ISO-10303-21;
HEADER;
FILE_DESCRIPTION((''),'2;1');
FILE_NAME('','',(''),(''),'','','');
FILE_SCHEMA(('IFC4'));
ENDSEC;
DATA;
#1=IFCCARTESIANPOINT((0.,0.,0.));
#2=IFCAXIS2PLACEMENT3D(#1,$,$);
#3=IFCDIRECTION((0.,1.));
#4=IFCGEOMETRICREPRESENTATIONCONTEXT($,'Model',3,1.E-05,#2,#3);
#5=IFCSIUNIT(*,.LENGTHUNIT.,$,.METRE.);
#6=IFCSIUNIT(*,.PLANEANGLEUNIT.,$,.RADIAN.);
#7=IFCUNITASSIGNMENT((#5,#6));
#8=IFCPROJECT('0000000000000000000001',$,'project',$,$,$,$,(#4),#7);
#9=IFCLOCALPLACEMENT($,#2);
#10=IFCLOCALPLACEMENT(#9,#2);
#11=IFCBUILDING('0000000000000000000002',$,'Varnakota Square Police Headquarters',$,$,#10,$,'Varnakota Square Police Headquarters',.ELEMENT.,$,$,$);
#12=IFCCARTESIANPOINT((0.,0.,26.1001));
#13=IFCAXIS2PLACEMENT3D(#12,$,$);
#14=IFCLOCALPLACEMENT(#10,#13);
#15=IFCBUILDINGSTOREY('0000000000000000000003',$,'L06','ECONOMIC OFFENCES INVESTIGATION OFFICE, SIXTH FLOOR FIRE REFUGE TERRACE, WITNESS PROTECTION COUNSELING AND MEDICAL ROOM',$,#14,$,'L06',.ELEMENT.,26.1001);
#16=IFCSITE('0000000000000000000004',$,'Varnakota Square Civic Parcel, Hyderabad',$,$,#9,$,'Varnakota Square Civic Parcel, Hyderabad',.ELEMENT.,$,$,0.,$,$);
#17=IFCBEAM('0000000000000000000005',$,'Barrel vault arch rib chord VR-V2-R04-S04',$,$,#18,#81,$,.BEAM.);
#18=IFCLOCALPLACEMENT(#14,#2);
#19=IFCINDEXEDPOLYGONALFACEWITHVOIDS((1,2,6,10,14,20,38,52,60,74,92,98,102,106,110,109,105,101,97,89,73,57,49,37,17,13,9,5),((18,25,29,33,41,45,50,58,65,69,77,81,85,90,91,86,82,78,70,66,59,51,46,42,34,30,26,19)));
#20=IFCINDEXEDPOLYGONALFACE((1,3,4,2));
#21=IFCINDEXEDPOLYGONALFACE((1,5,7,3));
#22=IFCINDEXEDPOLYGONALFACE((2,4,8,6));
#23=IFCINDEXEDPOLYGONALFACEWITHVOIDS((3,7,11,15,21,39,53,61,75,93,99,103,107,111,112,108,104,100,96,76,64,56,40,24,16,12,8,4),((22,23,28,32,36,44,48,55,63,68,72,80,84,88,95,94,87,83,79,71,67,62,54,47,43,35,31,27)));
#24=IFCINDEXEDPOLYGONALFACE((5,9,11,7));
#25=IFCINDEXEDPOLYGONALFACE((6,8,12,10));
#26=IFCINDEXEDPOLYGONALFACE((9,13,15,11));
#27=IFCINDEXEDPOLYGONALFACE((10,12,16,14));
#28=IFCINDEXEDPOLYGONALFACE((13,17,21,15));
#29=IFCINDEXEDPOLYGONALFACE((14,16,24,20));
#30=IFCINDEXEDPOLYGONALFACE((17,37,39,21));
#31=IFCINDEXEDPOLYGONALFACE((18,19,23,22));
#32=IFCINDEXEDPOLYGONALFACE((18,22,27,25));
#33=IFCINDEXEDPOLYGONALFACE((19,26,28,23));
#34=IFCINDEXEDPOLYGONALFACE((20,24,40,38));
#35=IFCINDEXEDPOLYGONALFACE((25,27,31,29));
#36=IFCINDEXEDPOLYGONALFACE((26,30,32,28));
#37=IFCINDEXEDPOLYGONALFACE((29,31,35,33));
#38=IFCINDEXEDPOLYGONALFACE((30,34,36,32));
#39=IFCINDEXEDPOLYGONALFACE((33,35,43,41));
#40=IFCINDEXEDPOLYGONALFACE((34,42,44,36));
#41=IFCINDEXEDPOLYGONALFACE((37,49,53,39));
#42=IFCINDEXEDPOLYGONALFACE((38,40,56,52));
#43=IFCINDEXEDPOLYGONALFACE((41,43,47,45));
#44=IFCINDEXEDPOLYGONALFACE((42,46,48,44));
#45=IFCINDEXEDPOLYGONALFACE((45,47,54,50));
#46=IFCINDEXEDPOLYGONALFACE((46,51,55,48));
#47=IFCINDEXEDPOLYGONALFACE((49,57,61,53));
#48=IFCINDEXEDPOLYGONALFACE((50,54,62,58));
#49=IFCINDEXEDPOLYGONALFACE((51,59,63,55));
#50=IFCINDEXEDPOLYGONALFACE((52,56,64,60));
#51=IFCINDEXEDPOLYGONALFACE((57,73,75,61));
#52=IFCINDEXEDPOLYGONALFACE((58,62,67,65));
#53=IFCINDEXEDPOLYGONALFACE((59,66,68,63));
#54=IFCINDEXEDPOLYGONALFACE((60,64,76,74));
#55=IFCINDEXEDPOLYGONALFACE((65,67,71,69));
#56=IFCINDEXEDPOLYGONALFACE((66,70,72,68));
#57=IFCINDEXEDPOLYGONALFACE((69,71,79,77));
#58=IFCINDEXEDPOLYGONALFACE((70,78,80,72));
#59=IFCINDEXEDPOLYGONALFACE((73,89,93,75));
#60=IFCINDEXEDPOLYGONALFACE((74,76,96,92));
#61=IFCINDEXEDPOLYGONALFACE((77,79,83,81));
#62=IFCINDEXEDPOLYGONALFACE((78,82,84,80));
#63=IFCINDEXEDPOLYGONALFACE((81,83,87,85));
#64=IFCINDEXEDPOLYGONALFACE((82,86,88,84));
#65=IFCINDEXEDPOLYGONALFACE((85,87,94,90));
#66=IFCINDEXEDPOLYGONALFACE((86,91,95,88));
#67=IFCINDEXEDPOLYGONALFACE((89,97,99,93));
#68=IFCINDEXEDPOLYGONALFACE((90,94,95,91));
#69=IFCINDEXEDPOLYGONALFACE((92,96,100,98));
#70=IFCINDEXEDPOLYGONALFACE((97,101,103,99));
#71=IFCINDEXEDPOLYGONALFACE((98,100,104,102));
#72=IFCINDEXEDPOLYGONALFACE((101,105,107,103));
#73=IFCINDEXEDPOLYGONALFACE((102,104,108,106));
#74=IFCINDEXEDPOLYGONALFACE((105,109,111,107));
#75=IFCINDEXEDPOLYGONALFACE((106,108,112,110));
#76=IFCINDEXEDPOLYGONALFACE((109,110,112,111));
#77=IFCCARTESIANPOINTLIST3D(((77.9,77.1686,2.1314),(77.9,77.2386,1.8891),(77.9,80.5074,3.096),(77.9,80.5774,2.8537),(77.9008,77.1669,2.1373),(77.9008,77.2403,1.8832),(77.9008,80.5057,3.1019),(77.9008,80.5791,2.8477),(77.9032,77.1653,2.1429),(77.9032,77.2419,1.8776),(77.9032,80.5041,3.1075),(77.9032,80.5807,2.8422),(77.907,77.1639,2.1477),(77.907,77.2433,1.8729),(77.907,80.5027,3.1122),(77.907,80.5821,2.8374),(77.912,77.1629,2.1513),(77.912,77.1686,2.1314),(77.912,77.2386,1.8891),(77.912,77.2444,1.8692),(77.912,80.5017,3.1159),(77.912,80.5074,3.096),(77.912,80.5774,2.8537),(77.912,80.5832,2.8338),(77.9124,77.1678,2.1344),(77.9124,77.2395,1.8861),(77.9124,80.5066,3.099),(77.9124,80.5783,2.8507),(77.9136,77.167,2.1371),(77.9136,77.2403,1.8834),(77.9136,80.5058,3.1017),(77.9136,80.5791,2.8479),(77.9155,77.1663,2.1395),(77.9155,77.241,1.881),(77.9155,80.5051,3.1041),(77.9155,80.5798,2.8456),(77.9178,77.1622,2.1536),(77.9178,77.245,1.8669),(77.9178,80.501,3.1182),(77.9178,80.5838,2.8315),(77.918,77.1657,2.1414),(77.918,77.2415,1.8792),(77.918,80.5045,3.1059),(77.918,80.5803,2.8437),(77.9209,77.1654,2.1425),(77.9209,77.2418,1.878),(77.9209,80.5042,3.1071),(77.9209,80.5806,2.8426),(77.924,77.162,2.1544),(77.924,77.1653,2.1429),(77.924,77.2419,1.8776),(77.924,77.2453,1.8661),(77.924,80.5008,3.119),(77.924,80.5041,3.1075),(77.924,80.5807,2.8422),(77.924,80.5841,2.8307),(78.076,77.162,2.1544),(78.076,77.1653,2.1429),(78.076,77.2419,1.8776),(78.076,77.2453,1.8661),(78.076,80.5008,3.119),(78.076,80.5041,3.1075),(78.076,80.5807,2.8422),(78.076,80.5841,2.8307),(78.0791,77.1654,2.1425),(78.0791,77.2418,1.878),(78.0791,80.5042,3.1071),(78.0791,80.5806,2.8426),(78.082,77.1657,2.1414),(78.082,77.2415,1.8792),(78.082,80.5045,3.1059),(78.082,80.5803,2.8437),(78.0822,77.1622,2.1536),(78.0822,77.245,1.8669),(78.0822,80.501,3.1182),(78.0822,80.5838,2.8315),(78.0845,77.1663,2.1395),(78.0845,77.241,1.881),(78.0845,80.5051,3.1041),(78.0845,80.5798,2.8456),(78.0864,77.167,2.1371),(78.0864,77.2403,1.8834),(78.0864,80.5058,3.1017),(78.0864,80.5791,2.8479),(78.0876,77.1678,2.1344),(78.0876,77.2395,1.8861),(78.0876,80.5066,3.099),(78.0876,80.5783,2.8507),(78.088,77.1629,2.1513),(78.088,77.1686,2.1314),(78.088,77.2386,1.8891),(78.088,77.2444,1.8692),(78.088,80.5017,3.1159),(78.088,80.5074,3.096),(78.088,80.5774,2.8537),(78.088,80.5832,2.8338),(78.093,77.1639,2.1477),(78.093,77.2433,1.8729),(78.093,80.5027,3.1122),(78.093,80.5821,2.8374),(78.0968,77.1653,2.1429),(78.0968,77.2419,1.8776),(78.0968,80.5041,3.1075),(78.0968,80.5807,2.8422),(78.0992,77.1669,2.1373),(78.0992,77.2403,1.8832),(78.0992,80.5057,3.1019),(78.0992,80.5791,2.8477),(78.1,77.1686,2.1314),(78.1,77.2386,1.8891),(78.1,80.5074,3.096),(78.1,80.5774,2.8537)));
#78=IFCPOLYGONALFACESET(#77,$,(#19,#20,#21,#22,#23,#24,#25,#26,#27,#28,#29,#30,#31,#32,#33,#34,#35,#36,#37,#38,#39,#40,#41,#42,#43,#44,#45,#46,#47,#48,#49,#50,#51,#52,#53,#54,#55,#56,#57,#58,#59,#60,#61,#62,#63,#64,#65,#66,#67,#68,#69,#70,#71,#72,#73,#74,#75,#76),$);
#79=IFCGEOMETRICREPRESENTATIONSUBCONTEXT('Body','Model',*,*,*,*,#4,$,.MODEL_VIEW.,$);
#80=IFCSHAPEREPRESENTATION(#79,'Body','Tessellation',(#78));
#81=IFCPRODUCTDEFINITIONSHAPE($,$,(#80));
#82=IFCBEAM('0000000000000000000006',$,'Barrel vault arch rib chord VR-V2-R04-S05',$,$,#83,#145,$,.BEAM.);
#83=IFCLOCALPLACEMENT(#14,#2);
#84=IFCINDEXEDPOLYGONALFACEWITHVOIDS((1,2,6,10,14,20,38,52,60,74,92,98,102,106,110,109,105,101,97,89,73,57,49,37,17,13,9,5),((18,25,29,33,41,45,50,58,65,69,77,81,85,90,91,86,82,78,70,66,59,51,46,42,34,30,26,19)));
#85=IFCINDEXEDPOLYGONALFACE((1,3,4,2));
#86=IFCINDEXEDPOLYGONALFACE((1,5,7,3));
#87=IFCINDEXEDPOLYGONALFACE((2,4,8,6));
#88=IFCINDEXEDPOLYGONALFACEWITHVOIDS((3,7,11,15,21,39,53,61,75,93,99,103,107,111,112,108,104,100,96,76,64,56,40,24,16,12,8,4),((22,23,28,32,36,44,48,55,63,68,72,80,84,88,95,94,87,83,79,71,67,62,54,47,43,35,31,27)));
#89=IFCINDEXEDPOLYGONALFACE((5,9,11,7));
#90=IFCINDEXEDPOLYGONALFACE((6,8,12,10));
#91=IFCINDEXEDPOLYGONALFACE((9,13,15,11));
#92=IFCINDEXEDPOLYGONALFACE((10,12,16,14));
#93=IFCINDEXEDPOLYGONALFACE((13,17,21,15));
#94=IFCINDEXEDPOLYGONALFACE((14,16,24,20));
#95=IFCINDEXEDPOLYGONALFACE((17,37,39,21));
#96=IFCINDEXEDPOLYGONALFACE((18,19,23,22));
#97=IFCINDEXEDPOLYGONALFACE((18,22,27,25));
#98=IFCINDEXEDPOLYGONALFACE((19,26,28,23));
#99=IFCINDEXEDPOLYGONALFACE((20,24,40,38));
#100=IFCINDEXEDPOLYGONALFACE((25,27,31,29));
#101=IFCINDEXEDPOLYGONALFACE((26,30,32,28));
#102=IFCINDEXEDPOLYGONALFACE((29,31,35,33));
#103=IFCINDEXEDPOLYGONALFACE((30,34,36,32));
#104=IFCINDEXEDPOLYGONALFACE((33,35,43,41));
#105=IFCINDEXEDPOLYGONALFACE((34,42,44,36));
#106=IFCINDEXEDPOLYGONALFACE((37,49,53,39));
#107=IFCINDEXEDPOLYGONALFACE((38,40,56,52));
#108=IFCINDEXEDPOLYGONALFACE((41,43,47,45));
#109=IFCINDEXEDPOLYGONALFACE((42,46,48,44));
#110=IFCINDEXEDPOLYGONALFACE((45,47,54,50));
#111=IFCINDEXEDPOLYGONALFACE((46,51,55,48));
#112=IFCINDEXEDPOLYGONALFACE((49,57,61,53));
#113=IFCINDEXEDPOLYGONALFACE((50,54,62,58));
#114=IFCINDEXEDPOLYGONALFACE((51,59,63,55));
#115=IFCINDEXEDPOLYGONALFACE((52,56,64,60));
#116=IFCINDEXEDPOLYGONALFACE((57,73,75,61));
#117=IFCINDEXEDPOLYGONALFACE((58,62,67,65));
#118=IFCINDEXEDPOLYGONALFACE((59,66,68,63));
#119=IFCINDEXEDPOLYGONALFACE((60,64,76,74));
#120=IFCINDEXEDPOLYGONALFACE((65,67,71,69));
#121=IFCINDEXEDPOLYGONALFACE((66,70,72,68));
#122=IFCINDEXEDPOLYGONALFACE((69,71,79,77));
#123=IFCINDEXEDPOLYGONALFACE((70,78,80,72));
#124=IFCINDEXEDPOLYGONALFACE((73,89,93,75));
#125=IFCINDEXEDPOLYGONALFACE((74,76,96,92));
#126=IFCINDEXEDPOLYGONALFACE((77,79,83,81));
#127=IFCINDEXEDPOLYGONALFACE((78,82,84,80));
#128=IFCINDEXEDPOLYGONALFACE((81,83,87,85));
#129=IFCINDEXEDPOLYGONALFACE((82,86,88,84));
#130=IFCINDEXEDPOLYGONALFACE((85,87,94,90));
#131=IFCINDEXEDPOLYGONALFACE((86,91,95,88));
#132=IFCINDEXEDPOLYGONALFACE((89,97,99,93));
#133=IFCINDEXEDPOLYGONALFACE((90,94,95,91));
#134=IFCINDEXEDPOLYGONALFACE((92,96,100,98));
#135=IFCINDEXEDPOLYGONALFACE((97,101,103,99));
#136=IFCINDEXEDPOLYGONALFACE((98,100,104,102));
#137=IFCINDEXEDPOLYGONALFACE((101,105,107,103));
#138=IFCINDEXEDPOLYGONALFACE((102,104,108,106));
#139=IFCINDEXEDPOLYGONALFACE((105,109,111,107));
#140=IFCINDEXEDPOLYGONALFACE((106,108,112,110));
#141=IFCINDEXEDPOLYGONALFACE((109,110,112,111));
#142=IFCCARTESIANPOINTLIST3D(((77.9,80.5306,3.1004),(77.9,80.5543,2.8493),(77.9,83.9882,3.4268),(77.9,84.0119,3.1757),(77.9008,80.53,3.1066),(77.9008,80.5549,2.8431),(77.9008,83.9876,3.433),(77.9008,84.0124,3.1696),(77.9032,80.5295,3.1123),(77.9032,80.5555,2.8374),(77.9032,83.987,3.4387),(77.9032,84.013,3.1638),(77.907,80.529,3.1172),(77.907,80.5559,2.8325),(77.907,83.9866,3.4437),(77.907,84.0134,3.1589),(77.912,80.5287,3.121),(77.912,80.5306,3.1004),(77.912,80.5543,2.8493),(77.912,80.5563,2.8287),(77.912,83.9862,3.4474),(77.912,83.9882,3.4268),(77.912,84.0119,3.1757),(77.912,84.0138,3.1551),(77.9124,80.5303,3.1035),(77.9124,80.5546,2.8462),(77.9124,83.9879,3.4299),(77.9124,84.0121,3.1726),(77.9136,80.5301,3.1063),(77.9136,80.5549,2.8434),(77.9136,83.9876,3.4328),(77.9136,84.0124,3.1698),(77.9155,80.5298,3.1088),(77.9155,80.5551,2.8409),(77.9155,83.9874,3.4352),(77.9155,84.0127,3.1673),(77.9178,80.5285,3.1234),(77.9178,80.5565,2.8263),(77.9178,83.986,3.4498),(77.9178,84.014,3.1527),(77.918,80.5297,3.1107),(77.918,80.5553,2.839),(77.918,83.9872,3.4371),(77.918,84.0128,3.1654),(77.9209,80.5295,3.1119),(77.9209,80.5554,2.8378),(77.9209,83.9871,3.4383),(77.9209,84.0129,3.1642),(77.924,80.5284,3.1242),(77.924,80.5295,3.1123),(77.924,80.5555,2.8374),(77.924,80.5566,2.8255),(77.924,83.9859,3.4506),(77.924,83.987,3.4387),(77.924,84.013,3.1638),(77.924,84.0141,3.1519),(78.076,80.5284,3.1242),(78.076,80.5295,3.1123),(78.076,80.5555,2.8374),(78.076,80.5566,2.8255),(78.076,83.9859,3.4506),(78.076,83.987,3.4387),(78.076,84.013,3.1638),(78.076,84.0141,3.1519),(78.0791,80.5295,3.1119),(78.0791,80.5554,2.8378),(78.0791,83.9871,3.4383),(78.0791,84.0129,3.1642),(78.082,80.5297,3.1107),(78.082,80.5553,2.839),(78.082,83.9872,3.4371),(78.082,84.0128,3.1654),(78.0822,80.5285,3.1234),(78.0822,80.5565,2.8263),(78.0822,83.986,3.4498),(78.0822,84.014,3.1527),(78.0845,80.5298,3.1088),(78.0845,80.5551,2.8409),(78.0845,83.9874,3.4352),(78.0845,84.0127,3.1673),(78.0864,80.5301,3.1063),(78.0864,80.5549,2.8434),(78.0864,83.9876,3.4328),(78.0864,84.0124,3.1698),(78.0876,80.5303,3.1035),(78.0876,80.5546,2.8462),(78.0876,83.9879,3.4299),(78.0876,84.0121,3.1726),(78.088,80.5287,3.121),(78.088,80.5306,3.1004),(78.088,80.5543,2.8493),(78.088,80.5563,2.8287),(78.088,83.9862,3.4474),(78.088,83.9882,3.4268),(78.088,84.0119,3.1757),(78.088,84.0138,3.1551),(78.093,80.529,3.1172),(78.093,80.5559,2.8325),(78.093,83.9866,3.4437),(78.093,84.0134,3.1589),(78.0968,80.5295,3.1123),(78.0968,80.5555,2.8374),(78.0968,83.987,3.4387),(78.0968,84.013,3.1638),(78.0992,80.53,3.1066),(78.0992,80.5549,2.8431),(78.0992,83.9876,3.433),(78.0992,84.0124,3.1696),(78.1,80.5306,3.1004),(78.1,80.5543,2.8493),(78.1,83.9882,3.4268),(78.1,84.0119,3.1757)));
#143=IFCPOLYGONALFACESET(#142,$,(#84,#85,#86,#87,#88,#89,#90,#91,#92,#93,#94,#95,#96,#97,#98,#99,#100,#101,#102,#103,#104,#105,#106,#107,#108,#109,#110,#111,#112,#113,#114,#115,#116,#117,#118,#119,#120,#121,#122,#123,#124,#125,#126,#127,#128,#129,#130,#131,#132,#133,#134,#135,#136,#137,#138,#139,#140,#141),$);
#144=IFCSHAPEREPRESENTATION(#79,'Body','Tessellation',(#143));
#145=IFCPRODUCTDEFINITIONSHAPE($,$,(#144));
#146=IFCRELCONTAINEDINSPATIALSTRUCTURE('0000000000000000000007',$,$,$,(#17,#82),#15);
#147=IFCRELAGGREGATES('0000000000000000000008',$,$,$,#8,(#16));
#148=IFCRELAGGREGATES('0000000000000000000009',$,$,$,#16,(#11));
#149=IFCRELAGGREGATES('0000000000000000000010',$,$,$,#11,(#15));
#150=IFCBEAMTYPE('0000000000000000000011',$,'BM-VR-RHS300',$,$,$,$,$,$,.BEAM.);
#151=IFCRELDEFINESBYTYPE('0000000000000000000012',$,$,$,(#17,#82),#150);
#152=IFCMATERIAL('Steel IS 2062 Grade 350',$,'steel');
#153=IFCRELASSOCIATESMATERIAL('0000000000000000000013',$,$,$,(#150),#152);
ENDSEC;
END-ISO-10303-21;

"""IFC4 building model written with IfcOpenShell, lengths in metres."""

from ifc_helpers import new_model, si_unit, direction, frame, origin, origin_2d, place, context, subcontext, project, spatial, hollow_rectangle, extrude, material, material_profile, profile_set, type_object, element, save


model = new_model("IFC4")

# Units and contexts
model_context = context("Model", 3, precision=1e-05, world=origin(), true_north=direction((0.0, 1.0)))
body_context = subcontext(model_context, "Body", "Model", "MODEL_VIEW")
ifc_project = project(units=[si_unit("LENGTHUNIT", "METRE"), si_unit("PLANEANGLEUNIT", "RADIAN")], contexts=[model_context])

# Site, building, storey
site_placement = place(None, origin())
site = spatial("IfcSite", under=ifc_project, at=site_placement, Name="Varnakota Square Civic Parcel, Hyderabad", LongName="Varnakota Square Civic Parcel, Hyderabad", CompositionType="ELEMENT", RefElevation=0.0)
building_placement = place(site_placement, origin())
building = spatial("IfcBuilding", under=site, at=building_placement, Name="Varnakota Square Police Headquarters", LongName="Varnakota Square Police Headquarters", CompositionType="ELEMENT")
storey_placement = place(building_placement, frame((0.0, 0.0, 26.1001)))
storey = spatial("IfcBuildingStorey", under=building, at=storey_placement, Name="L06", Description="ECONOMIC OFFENCES INVESTIGATION OFFICE, SIXTH FLOOR FIRE REFUGE TERRACE, WITNESS PROTECTION COUNSELING AND MEDICAL ROOM", LongName="L06", CompositionType="ELEMENT", Elevation=26.1001)

# Beams
ifc_material_1 = material(Name="Steel IS 2062 Grade 350", Category="steel")
ifc_material_profile_1 = material_profile(ifc_material_1, hollow_rectangle(XDim=0.2, YDim=0.3, WallThickness=0.012, InnerFilletRadius=0.012, OuterFilletRadius=0.0239, at=origin_2d()), Name="RHS 300x200x12")
ifc_profile_set_1 = profile_set([ifc_material_profile_1], Name="Steel IS 2062 Grade 350")
beam_type = type_object("IfcBeamType", Name="BM-VR-RHS300", PredefinedType="BEAM", material=ifc_profile_set_1)
beam_1_placement = place(storey_placement, frame((78.0, 77.2036, 2.0103), z_axis=(0.0, 0.960711, 0.27755), x_axis=(-1.0, 0.0, 0.0)))
element("IfcBeam", 1, at=beam_1_placement, inside=storey, type_object=beam_type, Name="Barrel vault arch rib chord VR-V2-R04-S04", PredefinedType="BEAM", context=body_context, shape_type="SweptSolid", body=[
    extrude(hollow_rectangle(XDim=0.2, YDim=0.3, WallThickness=0.012, InnerFilletRadius=0.012, OuterFilletRadius=0.0239, at=origin_2d()), origin(), (0.0, 0.0, 1.0), 3.4753),
])
beam_2_placement = place(storey_placement, frame((78.0, 80.5425, 2.9749), z_axis=(0.0, 0.995573, 0.09399), x_axis=(-1.0, 0.0, 0.0)))
element("IfcBeam", 2, at=beam_2_placement, inside=storey, type_object=beam_type, Name="Barrel vault arch rib chord VR-V2-R04-S05", PredefinedType="BEAM", context=body_context, shape_type="SweptSolid", body=[
    extrude(hollow_rectangle(XDim=0.2, YDim=0.3, WallThickness=0.012, InnerFilletRadius=0.012, OuterFilletRadius=0.0239, at=origin_2d()), origin(), (0.0, 0.0, 1.0), 3.4729),
])

save(model, "model.ifc")
